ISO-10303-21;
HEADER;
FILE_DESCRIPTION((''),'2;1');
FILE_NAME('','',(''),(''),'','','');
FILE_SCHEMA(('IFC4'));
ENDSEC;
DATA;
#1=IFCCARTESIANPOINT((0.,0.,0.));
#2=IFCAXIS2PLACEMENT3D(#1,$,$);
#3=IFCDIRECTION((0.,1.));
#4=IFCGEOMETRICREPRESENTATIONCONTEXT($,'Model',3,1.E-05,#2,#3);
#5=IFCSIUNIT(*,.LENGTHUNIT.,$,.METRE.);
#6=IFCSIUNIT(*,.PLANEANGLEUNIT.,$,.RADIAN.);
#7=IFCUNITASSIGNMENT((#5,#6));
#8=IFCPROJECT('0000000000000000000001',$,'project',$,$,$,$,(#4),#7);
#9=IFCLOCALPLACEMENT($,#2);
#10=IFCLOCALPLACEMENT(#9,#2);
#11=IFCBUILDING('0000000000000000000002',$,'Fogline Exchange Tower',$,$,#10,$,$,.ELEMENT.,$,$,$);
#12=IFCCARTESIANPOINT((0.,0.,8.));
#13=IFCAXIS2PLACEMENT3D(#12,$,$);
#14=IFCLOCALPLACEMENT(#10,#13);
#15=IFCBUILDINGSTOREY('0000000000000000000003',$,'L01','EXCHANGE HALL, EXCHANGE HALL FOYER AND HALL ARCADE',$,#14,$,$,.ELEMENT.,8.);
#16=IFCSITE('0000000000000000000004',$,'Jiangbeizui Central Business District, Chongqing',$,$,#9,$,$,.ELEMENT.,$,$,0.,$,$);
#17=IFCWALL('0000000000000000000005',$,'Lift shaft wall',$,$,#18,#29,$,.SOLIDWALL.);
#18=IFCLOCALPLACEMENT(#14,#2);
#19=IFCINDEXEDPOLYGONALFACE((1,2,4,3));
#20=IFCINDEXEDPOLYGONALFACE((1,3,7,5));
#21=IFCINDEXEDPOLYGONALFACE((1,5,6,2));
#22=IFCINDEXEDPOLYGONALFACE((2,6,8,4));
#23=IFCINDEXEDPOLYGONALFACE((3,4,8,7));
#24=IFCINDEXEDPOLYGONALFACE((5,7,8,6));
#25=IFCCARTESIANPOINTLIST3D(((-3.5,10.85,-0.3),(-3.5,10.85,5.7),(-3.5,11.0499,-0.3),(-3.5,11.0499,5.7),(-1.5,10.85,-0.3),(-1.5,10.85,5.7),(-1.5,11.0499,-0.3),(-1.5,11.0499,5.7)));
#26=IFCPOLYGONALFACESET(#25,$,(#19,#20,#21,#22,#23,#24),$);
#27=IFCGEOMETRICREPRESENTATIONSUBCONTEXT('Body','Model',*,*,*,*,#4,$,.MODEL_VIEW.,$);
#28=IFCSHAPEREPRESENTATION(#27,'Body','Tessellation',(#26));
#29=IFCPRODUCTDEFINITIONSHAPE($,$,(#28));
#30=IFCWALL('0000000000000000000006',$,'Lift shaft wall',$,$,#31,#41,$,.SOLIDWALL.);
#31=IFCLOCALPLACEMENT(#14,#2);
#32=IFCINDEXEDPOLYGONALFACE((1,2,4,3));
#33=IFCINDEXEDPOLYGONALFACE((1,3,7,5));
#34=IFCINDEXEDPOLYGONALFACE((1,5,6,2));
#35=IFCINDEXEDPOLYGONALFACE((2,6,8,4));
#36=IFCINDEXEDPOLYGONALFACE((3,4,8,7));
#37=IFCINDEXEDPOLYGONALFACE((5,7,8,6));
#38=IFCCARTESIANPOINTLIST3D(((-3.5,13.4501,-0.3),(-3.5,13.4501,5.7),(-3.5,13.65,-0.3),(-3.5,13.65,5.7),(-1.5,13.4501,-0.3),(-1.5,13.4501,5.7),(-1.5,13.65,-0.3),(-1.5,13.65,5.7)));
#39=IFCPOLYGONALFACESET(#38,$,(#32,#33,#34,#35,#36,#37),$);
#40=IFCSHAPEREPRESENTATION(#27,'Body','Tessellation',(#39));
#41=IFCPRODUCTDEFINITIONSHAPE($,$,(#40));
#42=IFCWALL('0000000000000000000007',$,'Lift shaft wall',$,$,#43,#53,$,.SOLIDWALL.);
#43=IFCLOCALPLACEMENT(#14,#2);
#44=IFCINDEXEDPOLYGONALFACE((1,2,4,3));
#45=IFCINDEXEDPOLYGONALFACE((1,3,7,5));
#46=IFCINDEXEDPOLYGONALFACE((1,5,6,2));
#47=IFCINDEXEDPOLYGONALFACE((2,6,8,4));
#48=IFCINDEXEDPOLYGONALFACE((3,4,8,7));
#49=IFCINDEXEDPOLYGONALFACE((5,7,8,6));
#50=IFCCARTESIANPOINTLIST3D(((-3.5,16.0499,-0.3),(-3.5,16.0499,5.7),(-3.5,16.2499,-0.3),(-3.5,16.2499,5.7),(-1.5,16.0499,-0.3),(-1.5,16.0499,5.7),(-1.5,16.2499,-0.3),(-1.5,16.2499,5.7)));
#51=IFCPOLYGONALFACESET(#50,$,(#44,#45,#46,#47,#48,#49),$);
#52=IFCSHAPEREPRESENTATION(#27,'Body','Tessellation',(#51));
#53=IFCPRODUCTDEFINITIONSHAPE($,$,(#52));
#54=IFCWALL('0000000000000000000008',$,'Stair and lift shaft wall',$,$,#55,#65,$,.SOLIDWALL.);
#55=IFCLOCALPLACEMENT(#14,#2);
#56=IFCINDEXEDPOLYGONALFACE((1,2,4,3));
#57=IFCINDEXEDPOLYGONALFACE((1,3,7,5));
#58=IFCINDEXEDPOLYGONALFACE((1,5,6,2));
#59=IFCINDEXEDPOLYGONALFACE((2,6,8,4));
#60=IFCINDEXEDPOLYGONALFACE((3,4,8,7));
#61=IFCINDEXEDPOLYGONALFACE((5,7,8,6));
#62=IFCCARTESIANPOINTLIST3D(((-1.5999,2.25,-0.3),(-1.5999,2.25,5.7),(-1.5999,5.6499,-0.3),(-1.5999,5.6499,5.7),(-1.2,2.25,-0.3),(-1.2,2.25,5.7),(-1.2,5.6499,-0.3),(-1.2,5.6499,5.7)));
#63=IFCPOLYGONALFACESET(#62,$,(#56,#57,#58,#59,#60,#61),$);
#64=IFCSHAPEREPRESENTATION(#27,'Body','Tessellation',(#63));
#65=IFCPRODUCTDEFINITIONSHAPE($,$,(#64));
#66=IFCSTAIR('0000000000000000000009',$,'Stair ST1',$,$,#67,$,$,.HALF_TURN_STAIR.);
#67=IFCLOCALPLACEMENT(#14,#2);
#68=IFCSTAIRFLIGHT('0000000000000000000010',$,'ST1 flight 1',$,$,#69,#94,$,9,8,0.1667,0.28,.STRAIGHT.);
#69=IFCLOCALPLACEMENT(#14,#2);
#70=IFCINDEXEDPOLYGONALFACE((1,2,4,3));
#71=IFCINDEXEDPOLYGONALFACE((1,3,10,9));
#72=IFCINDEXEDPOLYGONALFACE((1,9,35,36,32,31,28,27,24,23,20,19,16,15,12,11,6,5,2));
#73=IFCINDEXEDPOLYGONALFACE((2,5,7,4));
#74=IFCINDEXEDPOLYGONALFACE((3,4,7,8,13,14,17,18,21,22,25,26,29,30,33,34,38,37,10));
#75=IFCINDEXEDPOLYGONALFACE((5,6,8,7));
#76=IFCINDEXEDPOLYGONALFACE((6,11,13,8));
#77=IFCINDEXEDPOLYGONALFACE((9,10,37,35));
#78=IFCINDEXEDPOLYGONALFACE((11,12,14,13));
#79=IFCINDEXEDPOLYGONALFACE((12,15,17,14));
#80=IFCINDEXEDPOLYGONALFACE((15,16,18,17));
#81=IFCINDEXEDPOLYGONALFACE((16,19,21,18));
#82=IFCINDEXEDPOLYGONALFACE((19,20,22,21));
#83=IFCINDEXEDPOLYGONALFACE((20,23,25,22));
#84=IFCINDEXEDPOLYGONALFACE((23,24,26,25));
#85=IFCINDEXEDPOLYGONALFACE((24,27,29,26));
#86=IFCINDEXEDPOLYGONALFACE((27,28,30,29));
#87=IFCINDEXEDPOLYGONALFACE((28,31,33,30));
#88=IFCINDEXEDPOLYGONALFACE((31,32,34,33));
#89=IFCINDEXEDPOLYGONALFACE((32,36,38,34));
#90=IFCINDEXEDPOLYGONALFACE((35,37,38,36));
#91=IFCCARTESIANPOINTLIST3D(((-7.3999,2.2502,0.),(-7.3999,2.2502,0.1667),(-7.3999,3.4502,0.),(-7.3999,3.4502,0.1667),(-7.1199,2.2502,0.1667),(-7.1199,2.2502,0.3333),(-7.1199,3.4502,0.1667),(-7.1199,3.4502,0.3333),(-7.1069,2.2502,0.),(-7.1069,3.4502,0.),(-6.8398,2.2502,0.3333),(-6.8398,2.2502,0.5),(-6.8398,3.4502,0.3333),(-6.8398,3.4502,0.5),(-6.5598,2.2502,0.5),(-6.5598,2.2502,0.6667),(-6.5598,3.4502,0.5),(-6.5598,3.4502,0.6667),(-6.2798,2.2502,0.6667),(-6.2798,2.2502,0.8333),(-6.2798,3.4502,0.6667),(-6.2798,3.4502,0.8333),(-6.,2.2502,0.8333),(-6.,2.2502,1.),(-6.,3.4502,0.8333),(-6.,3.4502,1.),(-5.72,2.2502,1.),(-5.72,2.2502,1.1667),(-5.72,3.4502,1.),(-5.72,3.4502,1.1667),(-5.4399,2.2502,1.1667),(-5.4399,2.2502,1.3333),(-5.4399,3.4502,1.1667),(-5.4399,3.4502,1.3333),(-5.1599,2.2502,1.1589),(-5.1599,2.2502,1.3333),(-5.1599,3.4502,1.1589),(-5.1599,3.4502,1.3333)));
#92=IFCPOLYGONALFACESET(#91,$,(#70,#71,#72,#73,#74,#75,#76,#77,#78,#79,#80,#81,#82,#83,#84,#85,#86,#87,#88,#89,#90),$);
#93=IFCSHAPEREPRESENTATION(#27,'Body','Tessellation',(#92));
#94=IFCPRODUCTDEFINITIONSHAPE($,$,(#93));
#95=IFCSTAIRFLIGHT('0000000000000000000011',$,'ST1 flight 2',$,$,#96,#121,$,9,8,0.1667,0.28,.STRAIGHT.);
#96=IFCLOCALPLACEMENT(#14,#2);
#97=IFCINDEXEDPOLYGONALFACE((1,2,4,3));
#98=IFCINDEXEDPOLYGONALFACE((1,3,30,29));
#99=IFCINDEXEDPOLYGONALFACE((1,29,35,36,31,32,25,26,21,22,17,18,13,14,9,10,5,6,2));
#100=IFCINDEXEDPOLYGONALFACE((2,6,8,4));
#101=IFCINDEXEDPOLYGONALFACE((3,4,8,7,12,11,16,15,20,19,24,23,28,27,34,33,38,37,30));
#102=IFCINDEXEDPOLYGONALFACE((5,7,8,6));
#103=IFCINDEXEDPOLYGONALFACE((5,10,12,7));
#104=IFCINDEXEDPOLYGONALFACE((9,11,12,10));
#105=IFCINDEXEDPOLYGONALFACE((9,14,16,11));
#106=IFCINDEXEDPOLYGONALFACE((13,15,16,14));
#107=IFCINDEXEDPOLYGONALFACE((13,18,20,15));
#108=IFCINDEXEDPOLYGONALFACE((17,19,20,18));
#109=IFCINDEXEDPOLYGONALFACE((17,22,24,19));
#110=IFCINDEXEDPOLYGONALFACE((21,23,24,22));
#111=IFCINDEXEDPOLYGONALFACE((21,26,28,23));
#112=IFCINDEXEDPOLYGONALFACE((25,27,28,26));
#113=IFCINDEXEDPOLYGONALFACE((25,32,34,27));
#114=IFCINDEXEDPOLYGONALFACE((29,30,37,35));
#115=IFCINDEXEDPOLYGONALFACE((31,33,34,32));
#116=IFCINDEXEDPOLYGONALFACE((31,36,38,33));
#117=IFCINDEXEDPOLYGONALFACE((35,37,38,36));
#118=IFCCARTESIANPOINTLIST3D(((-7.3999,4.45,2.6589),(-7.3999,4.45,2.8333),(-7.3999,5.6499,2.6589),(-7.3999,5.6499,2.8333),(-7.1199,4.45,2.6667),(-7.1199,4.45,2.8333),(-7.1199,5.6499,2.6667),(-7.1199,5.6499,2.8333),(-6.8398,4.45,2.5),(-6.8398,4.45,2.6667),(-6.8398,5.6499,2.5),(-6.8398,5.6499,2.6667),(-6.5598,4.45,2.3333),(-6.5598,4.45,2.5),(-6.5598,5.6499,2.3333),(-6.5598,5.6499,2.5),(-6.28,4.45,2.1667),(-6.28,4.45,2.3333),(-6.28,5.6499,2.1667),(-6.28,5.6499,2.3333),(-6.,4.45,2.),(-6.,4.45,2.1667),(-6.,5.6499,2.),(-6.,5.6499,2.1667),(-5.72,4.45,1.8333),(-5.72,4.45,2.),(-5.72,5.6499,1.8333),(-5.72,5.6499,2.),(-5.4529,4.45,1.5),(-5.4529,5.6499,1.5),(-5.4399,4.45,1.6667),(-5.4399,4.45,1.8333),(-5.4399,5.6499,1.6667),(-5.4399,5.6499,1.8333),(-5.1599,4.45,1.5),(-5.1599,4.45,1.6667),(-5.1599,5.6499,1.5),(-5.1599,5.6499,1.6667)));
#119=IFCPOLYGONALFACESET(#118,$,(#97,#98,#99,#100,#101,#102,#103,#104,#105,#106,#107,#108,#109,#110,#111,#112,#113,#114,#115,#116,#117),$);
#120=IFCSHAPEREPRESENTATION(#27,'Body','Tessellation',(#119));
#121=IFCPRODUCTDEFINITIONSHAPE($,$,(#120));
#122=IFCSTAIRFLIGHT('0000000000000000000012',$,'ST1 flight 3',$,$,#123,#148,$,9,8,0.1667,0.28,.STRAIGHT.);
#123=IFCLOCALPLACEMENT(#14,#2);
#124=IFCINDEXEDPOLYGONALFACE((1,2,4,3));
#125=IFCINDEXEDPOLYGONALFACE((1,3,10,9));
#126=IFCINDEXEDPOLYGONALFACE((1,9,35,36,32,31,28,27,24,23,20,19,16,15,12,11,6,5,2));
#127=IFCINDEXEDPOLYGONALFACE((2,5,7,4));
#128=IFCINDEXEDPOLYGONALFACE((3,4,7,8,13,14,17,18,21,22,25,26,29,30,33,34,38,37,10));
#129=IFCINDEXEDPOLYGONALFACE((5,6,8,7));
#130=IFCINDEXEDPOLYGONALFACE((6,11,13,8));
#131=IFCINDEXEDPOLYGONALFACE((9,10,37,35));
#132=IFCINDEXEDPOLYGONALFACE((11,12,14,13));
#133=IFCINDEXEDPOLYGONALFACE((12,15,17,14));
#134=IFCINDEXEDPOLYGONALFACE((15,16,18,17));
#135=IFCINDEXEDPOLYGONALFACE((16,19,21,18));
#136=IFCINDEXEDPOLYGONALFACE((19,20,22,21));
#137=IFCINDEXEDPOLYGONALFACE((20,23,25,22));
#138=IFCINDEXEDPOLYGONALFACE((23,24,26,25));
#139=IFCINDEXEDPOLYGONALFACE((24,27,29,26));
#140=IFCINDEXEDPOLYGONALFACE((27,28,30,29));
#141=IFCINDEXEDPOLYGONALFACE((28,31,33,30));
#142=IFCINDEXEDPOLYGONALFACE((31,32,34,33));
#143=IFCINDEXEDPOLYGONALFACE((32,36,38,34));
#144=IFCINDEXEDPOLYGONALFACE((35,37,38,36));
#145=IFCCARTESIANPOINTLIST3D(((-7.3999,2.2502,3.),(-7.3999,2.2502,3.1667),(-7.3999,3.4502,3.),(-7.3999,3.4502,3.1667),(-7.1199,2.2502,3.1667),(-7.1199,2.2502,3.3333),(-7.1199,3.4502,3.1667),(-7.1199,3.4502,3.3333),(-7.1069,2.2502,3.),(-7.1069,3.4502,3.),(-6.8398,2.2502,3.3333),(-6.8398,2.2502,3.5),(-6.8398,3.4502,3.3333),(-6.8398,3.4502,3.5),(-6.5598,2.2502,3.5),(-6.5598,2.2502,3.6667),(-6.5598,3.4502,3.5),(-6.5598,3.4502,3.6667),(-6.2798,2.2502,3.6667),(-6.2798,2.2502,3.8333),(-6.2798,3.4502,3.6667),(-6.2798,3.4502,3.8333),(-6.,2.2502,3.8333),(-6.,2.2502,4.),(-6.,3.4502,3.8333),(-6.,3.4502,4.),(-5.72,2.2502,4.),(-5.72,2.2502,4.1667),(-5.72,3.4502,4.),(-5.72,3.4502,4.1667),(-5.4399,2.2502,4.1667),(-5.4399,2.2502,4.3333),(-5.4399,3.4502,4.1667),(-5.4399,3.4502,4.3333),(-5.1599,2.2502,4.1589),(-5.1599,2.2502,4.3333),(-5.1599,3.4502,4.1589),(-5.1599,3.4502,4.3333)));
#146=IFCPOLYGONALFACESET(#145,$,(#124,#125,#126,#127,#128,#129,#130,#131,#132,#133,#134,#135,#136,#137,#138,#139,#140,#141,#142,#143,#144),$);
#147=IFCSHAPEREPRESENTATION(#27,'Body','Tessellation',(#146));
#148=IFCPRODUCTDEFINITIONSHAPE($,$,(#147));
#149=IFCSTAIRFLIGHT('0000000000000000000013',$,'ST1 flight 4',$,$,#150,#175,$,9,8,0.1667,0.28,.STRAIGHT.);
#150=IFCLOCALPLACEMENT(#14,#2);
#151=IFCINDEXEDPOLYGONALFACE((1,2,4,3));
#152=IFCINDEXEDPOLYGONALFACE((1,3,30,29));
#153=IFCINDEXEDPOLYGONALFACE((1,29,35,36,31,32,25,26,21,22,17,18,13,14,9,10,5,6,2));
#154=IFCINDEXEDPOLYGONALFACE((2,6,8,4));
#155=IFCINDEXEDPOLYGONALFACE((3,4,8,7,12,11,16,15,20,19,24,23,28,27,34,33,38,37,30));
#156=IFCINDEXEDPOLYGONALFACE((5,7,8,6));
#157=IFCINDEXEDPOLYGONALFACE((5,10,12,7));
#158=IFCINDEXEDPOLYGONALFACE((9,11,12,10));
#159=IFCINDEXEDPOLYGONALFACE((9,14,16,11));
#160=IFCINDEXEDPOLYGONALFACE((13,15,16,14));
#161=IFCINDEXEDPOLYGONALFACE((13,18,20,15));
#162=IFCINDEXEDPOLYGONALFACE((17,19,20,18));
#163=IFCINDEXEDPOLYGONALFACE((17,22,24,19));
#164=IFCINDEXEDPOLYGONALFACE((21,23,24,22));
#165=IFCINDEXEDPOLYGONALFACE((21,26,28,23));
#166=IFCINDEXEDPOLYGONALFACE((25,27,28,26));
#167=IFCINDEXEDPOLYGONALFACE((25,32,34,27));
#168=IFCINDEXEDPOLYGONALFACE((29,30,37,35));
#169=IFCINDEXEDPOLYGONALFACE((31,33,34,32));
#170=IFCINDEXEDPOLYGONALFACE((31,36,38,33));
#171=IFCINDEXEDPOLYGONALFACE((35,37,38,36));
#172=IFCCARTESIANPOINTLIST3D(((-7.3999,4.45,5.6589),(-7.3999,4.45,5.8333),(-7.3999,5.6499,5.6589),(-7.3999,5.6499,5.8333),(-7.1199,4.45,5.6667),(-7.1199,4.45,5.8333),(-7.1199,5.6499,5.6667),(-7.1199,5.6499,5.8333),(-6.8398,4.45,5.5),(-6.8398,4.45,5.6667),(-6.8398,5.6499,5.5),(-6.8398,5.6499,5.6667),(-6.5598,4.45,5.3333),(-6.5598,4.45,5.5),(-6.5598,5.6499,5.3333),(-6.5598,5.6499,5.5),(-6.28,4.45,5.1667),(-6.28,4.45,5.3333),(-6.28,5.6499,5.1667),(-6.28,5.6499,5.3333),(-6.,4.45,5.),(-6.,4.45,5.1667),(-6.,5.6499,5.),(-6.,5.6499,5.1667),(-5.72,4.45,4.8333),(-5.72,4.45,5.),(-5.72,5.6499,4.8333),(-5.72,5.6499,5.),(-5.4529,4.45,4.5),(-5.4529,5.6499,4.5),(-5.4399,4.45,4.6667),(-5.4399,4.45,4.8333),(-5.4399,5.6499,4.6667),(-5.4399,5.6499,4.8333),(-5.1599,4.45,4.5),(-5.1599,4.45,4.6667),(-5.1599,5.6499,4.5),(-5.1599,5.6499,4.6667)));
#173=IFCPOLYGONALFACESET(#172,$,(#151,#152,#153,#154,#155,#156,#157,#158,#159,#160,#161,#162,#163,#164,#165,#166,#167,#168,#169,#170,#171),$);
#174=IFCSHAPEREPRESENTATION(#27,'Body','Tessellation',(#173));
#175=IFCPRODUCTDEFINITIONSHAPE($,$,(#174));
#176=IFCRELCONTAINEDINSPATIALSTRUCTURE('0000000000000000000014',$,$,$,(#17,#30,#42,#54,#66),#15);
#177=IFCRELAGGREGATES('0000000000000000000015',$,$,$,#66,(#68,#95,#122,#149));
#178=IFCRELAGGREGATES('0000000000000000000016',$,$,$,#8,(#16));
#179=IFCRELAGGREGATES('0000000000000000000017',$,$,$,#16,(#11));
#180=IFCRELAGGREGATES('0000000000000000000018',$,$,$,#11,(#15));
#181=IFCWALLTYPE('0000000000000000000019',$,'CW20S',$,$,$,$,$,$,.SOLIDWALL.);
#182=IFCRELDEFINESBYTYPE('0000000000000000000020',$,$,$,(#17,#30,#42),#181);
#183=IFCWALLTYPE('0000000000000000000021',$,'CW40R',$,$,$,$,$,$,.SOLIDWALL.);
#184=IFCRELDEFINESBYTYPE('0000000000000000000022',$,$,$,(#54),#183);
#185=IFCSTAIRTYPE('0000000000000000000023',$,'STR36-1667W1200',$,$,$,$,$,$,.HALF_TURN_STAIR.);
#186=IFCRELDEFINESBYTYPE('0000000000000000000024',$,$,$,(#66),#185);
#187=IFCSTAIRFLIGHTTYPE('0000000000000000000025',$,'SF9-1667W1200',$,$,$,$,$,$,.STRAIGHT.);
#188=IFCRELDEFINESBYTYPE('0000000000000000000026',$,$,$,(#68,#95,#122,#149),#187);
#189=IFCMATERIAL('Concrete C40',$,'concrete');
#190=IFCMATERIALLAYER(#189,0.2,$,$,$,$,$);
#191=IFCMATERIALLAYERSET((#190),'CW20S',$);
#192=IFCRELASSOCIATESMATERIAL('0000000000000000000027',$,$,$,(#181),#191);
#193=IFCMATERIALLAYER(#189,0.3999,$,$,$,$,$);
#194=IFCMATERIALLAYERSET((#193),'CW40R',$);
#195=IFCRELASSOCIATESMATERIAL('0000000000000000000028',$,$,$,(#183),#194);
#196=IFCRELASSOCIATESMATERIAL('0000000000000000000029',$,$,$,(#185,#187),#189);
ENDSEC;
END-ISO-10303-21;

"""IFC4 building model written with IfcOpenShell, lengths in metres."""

from ifc_helpers import new_model, si_unit, direction, frame, frame_2d, origin, place, context, subcontext, project, spatial, polyline, rectangle, outline, extrude, material, layer, layer_set, type_object, element, aggregate, save


model = new_model("IFC4")

# Units and contexts
model_context = context("Model", 3, precision=1e-05, world=origin(), true_north=direction((0.0, 1.0)))
body_context = subcontext(model_context, "Body", "Model", "MODEL_VIEW")
ifc_project = project(units=[si_unit("LENGTHUNIT", "METRE"), si_unit("PLANEANGLEUNIT", "RADIAN")], contexts=[model_context])

# Site, building, storey
site_placement = place(None, origin())
site = spatial("IfcSite", under=ifc_project, at=site_placement, Name="Jiangbeizui Central Business District, Chongqing", CompositionType="ELEMENT", RefElevation=0.0)
building_placement = place(site_placement, origin())
building = spatial("IfcBuilding", under=site, at=building_placement, Name="Fogline Exchange Tower", CompositionType="ELEMENT")
storey_placement = place(building_placement, frame((0.0, 0.0, 8.0)))
storey = spatial("IfcBuildingStorey", under=building, at=storey_placement, Name="L01", Description="EXCHANGE HALL, EXCHANGE HALL FOYER AND HALL ARCADE", CompositionType="ELEMENT", Elevation=8.0)

# Shared definitions
ifc_material_1 = material(Name="Concrete C40", Category="concrete")

# Shared definitions
ifc_layer_1 = layer(ifc_material_1, 0.2)
ifc_layer_set_1 = layer_set([ifc_layer_1], Name="CW20S")
wall_type_1 = type_object("IfcWallType", Name="CW20S", PredefinedType="SOLIDWALL", material=ifc_layer_set_1)

# Walls
for number, where, z_axis, x_axis, name in (
    (1, (-3.5, 10.95, -0.3), (0.0, 0.0, 1.0), (1.0, 0.0, 0.0), "Lift shaft wall"),
    (2, (-3.5, 13.55, -0.3), (0.0, 0.0, 1.0), (1.0, 0.0, 0.0), "Lift shaft wall"),
    (3, (-3.5, 16.1499, -0.3), (0.0, 0.0, 1.0), (1.0, 0.0, 0.0), "Lift shaft wall"),
):
    element("IfcWall", number, at=place(storey_placement, frame(where, z_axis=z_axis, x_axis=x_axis)), inside=storey, type_object=wall_type_1, Name=name, PredefinedType="SOLIDWALL", context=body_context, shape_type="SweptSolid", body=[
        extrude(rectangle(XDim=2.0, YDim=0.2, at=frame_2d((1.0, 0.0))), origin(), (0.0, 0.0, 1.0), 6.0),
    ])
ifc_layer_2 = layer(ifc_material_1, 0.3999)
ifc_layer_set_2 = layer_set([ifc_layer_2], Name="CW40R")
wall_type_2 = type_object("IfcWallType", Name="CW40R", PredefinedType="SOLIDWALL", material=ifc_layer_set_2)
wall_1_placement = place(storey_placement, frame((-1.3999, 2.25, -0.3), z_axis=(0.0, 0.0, 1.0), x_axis=(0.0, 1.0, 0.0)))
element("IfcWall", 4, at=wall_1_placement, inside=storey, type_object=wall_type_2, Name="Stair and lift shaft wall", PredefinedType="SOLIDWALL", context=body_context, shape_type="SweptSolid", body=[
    extrude(rectangle(XDim=3.3999, YDim=0.3999, at=frame_2d((1.7, 0.0))), origin(), (0.0, 0.0, 1.0), 6.0),
])

# Stair, stair flights
stair_type = type_object("IfcStairType", Name="STR36-1667W1200", PredefinedType="HALF_TURN_STAIR", material=ifc_material_1)
stair_placement = place(storey_placement, origin())
stair = element("IfcStair", 5, at=stair_placement, inside=storey, type_object=stair_type, Name="Stair ST1", PredefinedType="HALF_TURN_STAIR")
stair_flight_type = type_object("IfcStairFlightType", Name="SF9-1667W1200", PredefinedType="STRAIGHT", material=ifc_material_1)
stair_flight_1_placement = place(storey_placement, frame((-7.3999, 2.8501, 0.0), z_axis=(0.0, 0.0, 1.0), x_axis=(1.0, 0.0, 0.0)))
stair_flight_1 = element("IfcStairFlight", 6, at=stair_flight_1_placement, type_object=stair_flight_type, Name="ST1 flight 1", NumberOfRisers=9, NumberOfTreads=8, PredefinedType="STRAIGHT", RiserHeight=0.1667, TreadLength=0.28, context=body_context, shape_type="SweptSolid", body=[
    extrude(outline(polyline([(0.0, 0.0), (0.0, 0.1667), (0.28, 0.1667), (0.28, 0.3333), (0.5601, 0.3333), (0.5601, 0.5), (0.8401, 0.5), (0.8401, 0.6667), (1.1201, 0.6667), (1.1201, 0.8333), (1.3999, 0.8333), (1.3999, 1.0), (1.6799, 1.0), (1.6799, 1.1667), (1.96, 1.1667), (1.96, 1.3333), (2.24, 1.3333), (2.24, 1.5), (2.24, 1.1589), (0.293, 0.0), (0.0, 0.0)])), frame((0.0, 0.6001, 0.0), z_axis=(0.0, -1.0, 0.0), x_axis=(1.0, 0.0, 0.0)), (0.0, 0.0, 1.0), 1.2),
])
stair_flight_2_placement = place(storey_placement, frame((-5.1599, 5.05, 1.5), z_axis=(0.0, 0.0, 1.0), x_axis=(-1.0, 0.0, 0.0)))
stair_flight_2 = element("IfcStairFlight", 7, at=stair_flight_2_placement, type_object=stair_flight_type, Name="ST1 flight 2", NumberOfRisers=9, NumberOfTreads=8, PredefinedType="STRAIGHT", RiserHeight=0.1667, TreadLength=0.28, context=body_context, shape_type="SweptSolid", body=[
    extrude(outline(polyline([(0.0, 0.0), (0.0, 0.1667), (0.28, 0.1667), (0.28, 0.3333), (0.5601, 0.3333), (0.5601, 0.5), (0.8401, 0.5), (0.8401, 0.6667), (1.1201, 0.6667), (1.1201, 0.8333), (1.3999, 0.8333), (1.3999, 1.0), (1.6799, 1.0), (1.6799, 1.1667), (1.96, 1.1667), (1.96, 1.3333), (2.24, 1.3333), (2.24, 1.5), (2.24, 1.1589), (0.293, 0.0), (0.0, 0.0)])), frame((0.0, 0.6001, 0.0), z_axis=(0.0, -1.0, 0.0), x_axis=(1.0, 0.0, 0.0)), (0.0, 0.0, 1.0), 1.2),
])
stair_flight_3_placement = place(storey_placement, frame((-7.3999, 2.8501, 3.0), z_axis=(0.0, 0.0, 1.0), x_axis=(1.0, 0.0, 0.0)))
stair_flight_3 = element("IfcStairFlight", 8, at=stair_flight_3_placement, type_object=stair_flight_type, Name="ST1 flight 3", NumberOfRisers=9, NumberOfTreads=8, PredefinedType="STRAIGHT", RiserHeight=0.1667, TreadLength=0.28, context=body_context, shape_type="SweptSolid", body=[
    extrude(outline(polyline([(0.0, 0.0), (0.0, 0.1667), (0.28, 0.1667), (0.28, 0.3333), (0.5601, 0.3333), (0.5601, 0.5), (0.8401, 0.5), (0.8401, 0.6667), (1.1201, 0.6667), (1.1201, 0.8333), (1.3999, 0.8333), (1.3999, 1.0), (1.6799, 1.0), (1.6799, 1.1667), (1.96, 1.1667), (1.96, 1.3333), (2.24, 1.3333), (2.24, 1.5), (2.24, 1.1589), (0.293, 0.0), (0.0, 0.0)])), frame((0.0, 0.6001, 0.0), z_axis=(0.0, -1.0, 0.0), x_axis=(1.0, 0.0, 0.0)), (0.0, 0.0, 1.0), 1.2),
])
stair_flight_4_placement = place(storey_placement, frame((-5.1599, 5.05, 4.5), z_axis=(0.0, 0.0, 1.0), x_axis=(-1.0, 0.0, 0.0)))
stair_flight_4 = element("IfcStairFlight", 9, at=stair_flight_4_placement, type_object=stair_flight_type, Name="ST1 flight 4", NumberOfRisers=9, NumberOfTreads=8, PredefinedType="STRAIGHT", RiserHeight=0.1667, TreadLength=0.28, context=body_context, shape_type="SweptSolid", body=[
    extrude(outline(polyline([(0.0, 0.0), (0.0, 0.1667), (0.28, 0.1667), (0.28, 0.3333), (0.5601, 0.3333), (0.5601, 0.5), (0.8401, 0.5), (0.8401, 0.6667), (1.1201, 0.6667), (1.1201, 0.8333), (1.3999, 0.8333), (1.3999, 1.0), (1.6799, 1.0), (1.6799, 1.1667), (1.96, 1.1667), (1.96, 1.3333), (2.24, 1.3333), (2.24, 1.5), (2.24, 1.1589), (0.293, 0.0), (0.0, 0.0)])), frame((0.0, 0.6001, 0.0), z_axis=(0.0, -1.0, 0.0), x_axis=(1.0, 0.0, 0.0)), (0.0, 0.0, 1.0), 1.2),
])
aggregate(stair, [stair_flight_1, stair_flight_2, stair_flight_3, stair_flight_4])

save(model, "model.ifc")
